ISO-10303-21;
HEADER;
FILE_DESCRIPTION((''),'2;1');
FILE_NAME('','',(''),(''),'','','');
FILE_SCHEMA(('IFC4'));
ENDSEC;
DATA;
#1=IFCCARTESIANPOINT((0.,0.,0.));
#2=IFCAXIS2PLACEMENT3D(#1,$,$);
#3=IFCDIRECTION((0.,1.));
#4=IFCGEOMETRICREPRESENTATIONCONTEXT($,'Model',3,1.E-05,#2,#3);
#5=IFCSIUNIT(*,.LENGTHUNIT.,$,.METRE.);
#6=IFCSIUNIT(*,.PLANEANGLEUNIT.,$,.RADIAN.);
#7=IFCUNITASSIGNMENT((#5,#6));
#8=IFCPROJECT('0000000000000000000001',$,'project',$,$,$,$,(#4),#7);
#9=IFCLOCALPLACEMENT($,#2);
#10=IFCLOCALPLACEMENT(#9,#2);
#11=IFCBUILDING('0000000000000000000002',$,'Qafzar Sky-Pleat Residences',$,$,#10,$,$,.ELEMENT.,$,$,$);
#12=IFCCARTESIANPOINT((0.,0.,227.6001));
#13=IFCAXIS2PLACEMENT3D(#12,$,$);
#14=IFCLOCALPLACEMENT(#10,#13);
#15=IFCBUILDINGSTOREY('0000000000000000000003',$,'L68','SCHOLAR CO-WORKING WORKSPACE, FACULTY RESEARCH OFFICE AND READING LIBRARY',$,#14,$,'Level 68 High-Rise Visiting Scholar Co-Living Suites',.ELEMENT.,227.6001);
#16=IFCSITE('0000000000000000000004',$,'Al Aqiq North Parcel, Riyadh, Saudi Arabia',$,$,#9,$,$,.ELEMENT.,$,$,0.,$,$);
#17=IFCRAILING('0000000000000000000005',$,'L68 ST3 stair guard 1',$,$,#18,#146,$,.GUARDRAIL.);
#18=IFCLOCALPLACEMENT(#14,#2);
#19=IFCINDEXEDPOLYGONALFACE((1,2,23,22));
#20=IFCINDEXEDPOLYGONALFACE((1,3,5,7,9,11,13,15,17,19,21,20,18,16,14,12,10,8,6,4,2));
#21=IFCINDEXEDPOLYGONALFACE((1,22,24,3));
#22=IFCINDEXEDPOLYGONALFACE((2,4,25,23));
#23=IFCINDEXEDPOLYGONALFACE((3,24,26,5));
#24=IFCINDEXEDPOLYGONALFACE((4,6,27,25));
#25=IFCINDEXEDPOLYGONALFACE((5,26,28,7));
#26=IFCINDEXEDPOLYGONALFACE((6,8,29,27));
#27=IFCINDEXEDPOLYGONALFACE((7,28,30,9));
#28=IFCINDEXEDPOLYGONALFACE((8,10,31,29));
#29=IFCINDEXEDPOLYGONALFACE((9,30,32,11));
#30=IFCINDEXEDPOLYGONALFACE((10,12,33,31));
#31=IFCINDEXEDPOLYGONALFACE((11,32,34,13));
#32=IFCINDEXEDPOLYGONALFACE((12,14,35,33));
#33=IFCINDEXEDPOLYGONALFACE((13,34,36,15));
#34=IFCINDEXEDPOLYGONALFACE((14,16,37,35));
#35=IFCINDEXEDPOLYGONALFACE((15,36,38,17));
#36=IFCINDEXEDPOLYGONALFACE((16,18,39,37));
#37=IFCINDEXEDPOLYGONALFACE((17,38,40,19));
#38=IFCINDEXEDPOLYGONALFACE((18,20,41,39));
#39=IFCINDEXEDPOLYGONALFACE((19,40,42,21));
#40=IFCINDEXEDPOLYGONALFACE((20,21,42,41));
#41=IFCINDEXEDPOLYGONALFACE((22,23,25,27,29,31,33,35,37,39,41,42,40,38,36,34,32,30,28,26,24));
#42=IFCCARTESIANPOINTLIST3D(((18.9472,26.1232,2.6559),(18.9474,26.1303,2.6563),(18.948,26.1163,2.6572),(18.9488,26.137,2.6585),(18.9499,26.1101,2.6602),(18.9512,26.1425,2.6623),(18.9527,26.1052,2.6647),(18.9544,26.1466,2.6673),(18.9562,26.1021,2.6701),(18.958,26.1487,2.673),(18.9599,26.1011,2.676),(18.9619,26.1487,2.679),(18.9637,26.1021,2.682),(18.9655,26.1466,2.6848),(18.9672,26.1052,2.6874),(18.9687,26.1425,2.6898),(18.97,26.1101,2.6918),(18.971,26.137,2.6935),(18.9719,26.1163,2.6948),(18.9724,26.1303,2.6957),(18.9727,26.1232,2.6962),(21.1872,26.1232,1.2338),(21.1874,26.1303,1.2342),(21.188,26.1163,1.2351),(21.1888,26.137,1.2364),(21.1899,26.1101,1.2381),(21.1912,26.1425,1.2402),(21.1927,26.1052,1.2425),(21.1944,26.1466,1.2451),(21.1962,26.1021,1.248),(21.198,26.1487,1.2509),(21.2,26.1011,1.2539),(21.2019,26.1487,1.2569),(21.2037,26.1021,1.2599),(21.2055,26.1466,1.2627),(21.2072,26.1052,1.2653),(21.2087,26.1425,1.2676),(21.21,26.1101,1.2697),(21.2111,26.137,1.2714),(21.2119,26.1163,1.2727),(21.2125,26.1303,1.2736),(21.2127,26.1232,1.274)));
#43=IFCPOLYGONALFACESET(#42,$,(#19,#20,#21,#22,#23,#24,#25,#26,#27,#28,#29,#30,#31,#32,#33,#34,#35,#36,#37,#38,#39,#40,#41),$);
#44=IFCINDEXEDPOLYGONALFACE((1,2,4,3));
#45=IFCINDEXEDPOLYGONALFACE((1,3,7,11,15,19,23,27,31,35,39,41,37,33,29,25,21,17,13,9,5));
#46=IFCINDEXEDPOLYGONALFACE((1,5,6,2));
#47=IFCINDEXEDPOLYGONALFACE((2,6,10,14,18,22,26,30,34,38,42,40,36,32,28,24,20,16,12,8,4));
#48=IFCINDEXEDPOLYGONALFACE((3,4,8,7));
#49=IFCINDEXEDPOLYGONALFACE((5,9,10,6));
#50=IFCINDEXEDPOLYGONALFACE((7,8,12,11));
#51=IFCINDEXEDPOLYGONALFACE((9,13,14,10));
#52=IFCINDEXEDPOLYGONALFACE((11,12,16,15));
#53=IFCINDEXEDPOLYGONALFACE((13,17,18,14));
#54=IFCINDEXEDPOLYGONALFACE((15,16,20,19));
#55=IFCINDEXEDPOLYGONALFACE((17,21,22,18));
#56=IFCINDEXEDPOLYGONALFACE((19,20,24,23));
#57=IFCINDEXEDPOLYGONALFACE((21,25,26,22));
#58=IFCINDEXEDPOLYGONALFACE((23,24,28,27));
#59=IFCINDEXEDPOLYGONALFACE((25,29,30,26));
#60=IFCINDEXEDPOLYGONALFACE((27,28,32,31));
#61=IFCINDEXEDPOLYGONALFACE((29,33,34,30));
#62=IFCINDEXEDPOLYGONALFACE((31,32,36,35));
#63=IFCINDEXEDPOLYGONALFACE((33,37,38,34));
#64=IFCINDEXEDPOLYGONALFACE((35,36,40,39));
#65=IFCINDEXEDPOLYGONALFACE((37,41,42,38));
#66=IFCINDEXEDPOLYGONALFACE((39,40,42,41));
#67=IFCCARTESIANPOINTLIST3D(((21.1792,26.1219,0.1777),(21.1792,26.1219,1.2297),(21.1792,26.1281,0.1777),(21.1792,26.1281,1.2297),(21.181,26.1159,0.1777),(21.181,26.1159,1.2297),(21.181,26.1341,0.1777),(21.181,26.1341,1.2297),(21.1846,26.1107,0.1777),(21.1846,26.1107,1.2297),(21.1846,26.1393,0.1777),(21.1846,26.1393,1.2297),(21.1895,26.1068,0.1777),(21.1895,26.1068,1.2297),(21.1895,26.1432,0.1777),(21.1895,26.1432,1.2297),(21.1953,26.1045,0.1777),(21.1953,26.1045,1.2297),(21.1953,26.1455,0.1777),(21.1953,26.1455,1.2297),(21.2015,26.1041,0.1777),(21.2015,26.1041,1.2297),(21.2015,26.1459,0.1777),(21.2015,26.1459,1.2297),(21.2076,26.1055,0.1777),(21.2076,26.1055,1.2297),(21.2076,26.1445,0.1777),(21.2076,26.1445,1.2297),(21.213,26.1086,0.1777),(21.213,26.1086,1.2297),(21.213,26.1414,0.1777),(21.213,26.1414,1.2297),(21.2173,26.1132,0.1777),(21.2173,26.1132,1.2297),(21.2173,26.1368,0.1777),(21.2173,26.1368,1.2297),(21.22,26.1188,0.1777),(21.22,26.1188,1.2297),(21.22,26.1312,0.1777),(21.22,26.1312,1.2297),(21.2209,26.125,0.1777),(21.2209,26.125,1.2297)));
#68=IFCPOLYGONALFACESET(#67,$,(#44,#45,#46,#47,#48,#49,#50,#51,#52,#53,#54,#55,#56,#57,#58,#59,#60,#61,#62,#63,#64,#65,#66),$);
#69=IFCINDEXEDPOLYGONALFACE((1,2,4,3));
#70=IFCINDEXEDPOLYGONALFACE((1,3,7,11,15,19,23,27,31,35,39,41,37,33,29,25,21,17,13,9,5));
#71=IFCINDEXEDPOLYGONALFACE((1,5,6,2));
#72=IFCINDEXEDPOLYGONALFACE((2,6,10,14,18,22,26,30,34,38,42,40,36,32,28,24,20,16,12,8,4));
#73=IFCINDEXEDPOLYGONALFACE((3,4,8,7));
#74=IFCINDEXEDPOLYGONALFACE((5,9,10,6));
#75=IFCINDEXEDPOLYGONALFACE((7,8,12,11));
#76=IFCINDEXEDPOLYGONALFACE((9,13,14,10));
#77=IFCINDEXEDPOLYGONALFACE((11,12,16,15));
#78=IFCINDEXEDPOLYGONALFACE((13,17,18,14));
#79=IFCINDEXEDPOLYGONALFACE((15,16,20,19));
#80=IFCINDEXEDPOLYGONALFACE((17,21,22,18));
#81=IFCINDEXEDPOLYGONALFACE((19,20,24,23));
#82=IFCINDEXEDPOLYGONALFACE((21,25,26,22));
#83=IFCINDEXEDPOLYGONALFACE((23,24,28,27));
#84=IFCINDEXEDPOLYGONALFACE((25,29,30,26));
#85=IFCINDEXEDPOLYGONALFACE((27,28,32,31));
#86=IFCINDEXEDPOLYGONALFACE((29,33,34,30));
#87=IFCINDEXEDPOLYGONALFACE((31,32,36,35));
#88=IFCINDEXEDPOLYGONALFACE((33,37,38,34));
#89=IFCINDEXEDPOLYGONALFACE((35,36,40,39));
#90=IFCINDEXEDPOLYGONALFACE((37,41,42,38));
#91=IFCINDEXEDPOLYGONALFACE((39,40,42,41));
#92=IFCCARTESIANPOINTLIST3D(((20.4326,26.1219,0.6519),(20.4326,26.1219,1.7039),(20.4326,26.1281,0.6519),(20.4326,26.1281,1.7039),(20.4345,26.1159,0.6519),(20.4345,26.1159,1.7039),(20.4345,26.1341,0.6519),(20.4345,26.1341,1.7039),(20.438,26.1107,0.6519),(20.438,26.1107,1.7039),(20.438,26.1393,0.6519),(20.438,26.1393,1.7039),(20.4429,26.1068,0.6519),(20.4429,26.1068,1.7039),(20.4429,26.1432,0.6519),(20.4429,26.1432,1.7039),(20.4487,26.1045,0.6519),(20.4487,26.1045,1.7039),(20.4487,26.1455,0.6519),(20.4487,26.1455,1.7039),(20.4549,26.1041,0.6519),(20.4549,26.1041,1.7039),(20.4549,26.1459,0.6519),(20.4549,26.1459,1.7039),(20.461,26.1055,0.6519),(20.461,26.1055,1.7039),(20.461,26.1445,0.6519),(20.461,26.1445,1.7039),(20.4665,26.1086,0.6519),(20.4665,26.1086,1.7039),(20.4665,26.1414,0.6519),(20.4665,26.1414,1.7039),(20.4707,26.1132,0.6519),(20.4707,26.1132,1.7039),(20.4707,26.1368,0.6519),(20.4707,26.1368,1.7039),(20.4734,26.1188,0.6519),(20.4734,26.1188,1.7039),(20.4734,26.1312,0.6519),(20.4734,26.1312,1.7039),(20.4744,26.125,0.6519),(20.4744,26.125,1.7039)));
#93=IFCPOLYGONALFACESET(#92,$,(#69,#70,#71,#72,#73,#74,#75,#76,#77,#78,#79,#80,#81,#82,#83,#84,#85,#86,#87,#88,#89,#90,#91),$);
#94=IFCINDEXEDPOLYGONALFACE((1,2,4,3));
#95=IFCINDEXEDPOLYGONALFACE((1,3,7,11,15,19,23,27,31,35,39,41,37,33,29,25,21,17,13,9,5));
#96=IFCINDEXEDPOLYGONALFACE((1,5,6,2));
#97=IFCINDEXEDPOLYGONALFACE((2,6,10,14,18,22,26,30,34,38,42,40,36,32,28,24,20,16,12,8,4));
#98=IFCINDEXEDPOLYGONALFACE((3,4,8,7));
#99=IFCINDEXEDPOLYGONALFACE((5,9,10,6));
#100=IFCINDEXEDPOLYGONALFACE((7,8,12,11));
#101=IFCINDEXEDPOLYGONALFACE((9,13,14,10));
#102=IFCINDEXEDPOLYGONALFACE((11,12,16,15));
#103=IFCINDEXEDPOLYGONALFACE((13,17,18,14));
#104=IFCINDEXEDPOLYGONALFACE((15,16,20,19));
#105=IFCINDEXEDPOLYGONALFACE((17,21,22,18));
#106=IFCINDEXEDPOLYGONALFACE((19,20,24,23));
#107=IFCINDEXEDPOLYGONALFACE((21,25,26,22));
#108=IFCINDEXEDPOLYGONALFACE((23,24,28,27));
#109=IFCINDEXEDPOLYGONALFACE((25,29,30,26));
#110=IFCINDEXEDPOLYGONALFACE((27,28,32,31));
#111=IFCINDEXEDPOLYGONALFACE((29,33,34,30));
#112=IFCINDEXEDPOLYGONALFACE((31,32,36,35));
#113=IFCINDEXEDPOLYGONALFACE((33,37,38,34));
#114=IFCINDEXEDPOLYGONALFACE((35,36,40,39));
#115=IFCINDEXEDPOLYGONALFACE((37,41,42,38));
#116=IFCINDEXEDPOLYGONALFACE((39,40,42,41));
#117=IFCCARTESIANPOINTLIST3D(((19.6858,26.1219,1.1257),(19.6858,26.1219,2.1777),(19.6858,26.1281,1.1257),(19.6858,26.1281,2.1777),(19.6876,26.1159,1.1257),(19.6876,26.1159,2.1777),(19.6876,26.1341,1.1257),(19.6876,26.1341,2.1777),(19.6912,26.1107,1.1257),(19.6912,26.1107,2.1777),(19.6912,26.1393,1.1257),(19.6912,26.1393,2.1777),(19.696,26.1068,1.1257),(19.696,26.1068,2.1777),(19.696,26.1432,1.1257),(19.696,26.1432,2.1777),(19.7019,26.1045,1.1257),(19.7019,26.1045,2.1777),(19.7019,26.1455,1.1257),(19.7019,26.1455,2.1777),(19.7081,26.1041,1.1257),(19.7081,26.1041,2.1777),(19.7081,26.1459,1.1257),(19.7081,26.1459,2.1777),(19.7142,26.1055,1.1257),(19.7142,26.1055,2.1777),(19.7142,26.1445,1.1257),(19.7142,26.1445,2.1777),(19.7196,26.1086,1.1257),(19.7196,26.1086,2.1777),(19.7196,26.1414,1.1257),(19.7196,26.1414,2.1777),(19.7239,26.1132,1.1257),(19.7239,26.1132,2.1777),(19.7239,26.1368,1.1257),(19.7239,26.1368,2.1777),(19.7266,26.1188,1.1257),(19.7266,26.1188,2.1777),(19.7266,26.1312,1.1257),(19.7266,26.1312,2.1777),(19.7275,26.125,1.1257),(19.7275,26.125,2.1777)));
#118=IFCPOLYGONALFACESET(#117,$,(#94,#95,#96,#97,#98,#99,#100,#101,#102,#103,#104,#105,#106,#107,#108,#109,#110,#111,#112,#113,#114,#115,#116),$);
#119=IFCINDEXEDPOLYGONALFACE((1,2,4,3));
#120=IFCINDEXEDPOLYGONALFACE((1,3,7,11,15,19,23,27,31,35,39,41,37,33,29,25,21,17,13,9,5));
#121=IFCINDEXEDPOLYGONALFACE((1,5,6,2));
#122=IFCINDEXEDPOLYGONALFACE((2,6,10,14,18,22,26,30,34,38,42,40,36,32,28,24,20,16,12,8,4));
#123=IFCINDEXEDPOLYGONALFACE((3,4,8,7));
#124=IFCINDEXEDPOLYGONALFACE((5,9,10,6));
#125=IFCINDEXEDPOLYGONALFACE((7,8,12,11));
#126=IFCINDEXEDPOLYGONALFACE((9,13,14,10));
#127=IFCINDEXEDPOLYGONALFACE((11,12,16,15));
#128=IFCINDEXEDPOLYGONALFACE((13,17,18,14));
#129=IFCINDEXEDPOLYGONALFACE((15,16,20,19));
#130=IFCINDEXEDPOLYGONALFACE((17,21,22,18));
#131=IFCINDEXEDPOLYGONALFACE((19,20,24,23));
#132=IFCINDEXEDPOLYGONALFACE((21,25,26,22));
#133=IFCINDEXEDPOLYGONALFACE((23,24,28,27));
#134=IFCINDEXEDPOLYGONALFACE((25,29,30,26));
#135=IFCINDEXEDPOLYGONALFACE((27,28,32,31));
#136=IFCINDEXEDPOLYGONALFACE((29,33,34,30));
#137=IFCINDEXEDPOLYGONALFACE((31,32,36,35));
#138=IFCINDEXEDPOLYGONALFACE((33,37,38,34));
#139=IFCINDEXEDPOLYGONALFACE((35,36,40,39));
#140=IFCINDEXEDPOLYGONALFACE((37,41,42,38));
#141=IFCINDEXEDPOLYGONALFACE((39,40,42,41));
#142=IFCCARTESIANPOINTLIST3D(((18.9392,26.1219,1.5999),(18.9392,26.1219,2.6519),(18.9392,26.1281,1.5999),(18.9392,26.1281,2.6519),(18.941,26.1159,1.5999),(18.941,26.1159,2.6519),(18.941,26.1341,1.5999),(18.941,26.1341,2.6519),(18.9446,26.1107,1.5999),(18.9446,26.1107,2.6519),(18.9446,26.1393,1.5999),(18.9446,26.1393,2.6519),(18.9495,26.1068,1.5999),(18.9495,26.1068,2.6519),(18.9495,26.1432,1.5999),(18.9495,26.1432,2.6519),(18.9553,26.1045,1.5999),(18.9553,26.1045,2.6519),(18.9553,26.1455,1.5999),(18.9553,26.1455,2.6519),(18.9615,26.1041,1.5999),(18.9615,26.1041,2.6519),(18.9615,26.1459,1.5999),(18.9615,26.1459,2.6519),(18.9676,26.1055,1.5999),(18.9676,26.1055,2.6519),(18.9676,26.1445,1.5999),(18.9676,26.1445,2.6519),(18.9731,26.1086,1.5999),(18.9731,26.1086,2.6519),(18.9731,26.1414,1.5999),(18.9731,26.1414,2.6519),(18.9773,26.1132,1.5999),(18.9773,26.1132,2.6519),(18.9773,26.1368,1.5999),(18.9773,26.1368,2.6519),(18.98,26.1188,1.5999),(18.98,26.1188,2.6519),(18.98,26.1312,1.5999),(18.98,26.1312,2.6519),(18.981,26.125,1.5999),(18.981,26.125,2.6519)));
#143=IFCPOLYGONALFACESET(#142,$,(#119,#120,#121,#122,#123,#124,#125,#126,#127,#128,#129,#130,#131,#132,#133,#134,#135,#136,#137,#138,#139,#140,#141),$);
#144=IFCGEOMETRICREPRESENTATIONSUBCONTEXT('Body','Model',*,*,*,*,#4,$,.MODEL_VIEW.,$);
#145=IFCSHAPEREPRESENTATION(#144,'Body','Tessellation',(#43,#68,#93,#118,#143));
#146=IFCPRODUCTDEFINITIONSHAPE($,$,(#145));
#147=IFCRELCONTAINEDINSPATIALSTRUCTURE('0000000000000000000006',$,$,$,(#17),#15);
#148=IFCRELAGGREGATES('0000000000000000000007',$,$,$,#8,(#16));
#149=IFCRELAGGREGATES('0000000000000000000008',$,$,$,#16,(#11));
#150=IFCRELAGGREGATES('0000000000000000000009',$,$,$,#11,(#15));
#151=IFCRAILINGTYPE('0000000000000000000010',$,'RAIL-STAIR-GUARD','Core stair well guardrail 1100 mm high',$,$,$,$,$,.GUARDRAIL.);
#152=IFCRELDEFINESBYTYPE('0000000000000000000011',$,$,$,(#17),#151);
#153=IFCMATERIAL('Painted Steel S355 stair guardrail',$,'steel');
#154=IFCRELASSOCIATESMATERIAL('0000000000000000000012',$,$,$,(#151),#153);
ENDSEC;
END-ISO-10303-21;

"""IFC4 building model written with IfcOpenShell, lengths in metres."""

from ifc_helpers import new_model, si_unit, direction, frame, origin, origin_2d, place, context, subcontext, project, spatial, circle, extrude, source, transform, mapped, material, type_object, element, save


model = new_model("IFC4")

# Units and contexts
model_context = context("Model", 3, precision=1e-05, world=origin(), true_north=direction((0.0, 1.0)))
body_context = subcontext(model_context, "Body", "Model", "MODEL_VIEW")
ifc_project = project(units=[si_unit("LENGTHUNIT", "METRE"), si_unit("PLANEANGLEUNIT", "RADIAN")], contexts=[model_context])

# Site, building, storey
site_placement = place(None, origin())
site = spatial("IfcSite", under=ifc_project, at=site_placement, Name="Al Aqiq North Parcel, Riyadh, Saudi Arabia", CompositionType="ELEMENT", RefElevation=0.0)
building_placement = place(site_placement, origin())
building = spatial("IfcBuilding", under=site, at=building_placement, Name="Qafzar Sky-Pleat Residences", CompositionType="ELEMENT")
storey_placement = place(building_placement, frame((0.0, 0.0, 227.6001)))
storey = spatial("IfcBuildingStorey", under=building, at=storey_placement, Name="L68", Description="SCHOLAR CO-WORKING WORKSPACE, FACULTY RESEARCH OFFICE AND READING LIBRARY", LongName="Level 68 High-Rise Visiting Scholar Co-Living Suites", CompositionType="ELEMENT", Elevation=227.6001)

# Railing
ifc_material_1 = material(Name="Painted Steel S355 stair guardrail", Category="steel")
railing_type_1 = type_object("IfcRailingType", Name="RAIL-STAIR-GUARD", Description="Core stair well guardrail 1100 mm high", PredefinedType="GUARDRAIL", material=ifc_material_1)
shared_shape_1 = source(origin(), body_context, "Body", "SweptSolid", [
    extrude(circle(Radius=0.0239, at=origin_2d()), frame((0.0, 0.0, 1.0762), z_axis=(-0.844229, 0.0, 0.535982), x_axis=(0.0, -1.0, 0.0)), (0.0, 0.0, 1.0), 2.6533),
    extrude(circle(Radius=0.021, at=origin_2d()), origin(), (0.0, 0.0, 1.0), 1.052),
    extrude(circle(Radius=0.021, at=origin_2d()), frame((-0.7466, 0.0, 0.4741)), (0.0, 0.0, 1.0), 1.052),
    extrude(circle(Radius=0.021, at=origin_2d()), frame((-1.4934, 0.0, 0.948)), (0.0, 0.0, 1.0), 1.052),
    extrude(circle(Radius=0.021, at=origin_2d()), frame((-2.24, 0.0, 1.4221)), (0.0, 0.0, 1.0), 1.052),
])
railing_1_placement = place(storey_placement, frame((21.2, 26.125, 0.1777)))
element("IfcRailing", 1, at=railing_1_placement, inside=storey, type_object=railing_type_1, Name="L68 ST3 stair guard 1", PredefinedType="GUARDRAIL", context=body_context, shape_type="MappedRepresentation", body=[
    mapped(shared_shape_1, transform((0.0, 0.0, 0.0), x_axis=(1.0, 0.0, 0.0), y_axis=(0.0, 1.0, 0.0), z_axis=(0.0, 0.0, 1.0), scale=1.0)),
])

save(model, "model.ifc")
